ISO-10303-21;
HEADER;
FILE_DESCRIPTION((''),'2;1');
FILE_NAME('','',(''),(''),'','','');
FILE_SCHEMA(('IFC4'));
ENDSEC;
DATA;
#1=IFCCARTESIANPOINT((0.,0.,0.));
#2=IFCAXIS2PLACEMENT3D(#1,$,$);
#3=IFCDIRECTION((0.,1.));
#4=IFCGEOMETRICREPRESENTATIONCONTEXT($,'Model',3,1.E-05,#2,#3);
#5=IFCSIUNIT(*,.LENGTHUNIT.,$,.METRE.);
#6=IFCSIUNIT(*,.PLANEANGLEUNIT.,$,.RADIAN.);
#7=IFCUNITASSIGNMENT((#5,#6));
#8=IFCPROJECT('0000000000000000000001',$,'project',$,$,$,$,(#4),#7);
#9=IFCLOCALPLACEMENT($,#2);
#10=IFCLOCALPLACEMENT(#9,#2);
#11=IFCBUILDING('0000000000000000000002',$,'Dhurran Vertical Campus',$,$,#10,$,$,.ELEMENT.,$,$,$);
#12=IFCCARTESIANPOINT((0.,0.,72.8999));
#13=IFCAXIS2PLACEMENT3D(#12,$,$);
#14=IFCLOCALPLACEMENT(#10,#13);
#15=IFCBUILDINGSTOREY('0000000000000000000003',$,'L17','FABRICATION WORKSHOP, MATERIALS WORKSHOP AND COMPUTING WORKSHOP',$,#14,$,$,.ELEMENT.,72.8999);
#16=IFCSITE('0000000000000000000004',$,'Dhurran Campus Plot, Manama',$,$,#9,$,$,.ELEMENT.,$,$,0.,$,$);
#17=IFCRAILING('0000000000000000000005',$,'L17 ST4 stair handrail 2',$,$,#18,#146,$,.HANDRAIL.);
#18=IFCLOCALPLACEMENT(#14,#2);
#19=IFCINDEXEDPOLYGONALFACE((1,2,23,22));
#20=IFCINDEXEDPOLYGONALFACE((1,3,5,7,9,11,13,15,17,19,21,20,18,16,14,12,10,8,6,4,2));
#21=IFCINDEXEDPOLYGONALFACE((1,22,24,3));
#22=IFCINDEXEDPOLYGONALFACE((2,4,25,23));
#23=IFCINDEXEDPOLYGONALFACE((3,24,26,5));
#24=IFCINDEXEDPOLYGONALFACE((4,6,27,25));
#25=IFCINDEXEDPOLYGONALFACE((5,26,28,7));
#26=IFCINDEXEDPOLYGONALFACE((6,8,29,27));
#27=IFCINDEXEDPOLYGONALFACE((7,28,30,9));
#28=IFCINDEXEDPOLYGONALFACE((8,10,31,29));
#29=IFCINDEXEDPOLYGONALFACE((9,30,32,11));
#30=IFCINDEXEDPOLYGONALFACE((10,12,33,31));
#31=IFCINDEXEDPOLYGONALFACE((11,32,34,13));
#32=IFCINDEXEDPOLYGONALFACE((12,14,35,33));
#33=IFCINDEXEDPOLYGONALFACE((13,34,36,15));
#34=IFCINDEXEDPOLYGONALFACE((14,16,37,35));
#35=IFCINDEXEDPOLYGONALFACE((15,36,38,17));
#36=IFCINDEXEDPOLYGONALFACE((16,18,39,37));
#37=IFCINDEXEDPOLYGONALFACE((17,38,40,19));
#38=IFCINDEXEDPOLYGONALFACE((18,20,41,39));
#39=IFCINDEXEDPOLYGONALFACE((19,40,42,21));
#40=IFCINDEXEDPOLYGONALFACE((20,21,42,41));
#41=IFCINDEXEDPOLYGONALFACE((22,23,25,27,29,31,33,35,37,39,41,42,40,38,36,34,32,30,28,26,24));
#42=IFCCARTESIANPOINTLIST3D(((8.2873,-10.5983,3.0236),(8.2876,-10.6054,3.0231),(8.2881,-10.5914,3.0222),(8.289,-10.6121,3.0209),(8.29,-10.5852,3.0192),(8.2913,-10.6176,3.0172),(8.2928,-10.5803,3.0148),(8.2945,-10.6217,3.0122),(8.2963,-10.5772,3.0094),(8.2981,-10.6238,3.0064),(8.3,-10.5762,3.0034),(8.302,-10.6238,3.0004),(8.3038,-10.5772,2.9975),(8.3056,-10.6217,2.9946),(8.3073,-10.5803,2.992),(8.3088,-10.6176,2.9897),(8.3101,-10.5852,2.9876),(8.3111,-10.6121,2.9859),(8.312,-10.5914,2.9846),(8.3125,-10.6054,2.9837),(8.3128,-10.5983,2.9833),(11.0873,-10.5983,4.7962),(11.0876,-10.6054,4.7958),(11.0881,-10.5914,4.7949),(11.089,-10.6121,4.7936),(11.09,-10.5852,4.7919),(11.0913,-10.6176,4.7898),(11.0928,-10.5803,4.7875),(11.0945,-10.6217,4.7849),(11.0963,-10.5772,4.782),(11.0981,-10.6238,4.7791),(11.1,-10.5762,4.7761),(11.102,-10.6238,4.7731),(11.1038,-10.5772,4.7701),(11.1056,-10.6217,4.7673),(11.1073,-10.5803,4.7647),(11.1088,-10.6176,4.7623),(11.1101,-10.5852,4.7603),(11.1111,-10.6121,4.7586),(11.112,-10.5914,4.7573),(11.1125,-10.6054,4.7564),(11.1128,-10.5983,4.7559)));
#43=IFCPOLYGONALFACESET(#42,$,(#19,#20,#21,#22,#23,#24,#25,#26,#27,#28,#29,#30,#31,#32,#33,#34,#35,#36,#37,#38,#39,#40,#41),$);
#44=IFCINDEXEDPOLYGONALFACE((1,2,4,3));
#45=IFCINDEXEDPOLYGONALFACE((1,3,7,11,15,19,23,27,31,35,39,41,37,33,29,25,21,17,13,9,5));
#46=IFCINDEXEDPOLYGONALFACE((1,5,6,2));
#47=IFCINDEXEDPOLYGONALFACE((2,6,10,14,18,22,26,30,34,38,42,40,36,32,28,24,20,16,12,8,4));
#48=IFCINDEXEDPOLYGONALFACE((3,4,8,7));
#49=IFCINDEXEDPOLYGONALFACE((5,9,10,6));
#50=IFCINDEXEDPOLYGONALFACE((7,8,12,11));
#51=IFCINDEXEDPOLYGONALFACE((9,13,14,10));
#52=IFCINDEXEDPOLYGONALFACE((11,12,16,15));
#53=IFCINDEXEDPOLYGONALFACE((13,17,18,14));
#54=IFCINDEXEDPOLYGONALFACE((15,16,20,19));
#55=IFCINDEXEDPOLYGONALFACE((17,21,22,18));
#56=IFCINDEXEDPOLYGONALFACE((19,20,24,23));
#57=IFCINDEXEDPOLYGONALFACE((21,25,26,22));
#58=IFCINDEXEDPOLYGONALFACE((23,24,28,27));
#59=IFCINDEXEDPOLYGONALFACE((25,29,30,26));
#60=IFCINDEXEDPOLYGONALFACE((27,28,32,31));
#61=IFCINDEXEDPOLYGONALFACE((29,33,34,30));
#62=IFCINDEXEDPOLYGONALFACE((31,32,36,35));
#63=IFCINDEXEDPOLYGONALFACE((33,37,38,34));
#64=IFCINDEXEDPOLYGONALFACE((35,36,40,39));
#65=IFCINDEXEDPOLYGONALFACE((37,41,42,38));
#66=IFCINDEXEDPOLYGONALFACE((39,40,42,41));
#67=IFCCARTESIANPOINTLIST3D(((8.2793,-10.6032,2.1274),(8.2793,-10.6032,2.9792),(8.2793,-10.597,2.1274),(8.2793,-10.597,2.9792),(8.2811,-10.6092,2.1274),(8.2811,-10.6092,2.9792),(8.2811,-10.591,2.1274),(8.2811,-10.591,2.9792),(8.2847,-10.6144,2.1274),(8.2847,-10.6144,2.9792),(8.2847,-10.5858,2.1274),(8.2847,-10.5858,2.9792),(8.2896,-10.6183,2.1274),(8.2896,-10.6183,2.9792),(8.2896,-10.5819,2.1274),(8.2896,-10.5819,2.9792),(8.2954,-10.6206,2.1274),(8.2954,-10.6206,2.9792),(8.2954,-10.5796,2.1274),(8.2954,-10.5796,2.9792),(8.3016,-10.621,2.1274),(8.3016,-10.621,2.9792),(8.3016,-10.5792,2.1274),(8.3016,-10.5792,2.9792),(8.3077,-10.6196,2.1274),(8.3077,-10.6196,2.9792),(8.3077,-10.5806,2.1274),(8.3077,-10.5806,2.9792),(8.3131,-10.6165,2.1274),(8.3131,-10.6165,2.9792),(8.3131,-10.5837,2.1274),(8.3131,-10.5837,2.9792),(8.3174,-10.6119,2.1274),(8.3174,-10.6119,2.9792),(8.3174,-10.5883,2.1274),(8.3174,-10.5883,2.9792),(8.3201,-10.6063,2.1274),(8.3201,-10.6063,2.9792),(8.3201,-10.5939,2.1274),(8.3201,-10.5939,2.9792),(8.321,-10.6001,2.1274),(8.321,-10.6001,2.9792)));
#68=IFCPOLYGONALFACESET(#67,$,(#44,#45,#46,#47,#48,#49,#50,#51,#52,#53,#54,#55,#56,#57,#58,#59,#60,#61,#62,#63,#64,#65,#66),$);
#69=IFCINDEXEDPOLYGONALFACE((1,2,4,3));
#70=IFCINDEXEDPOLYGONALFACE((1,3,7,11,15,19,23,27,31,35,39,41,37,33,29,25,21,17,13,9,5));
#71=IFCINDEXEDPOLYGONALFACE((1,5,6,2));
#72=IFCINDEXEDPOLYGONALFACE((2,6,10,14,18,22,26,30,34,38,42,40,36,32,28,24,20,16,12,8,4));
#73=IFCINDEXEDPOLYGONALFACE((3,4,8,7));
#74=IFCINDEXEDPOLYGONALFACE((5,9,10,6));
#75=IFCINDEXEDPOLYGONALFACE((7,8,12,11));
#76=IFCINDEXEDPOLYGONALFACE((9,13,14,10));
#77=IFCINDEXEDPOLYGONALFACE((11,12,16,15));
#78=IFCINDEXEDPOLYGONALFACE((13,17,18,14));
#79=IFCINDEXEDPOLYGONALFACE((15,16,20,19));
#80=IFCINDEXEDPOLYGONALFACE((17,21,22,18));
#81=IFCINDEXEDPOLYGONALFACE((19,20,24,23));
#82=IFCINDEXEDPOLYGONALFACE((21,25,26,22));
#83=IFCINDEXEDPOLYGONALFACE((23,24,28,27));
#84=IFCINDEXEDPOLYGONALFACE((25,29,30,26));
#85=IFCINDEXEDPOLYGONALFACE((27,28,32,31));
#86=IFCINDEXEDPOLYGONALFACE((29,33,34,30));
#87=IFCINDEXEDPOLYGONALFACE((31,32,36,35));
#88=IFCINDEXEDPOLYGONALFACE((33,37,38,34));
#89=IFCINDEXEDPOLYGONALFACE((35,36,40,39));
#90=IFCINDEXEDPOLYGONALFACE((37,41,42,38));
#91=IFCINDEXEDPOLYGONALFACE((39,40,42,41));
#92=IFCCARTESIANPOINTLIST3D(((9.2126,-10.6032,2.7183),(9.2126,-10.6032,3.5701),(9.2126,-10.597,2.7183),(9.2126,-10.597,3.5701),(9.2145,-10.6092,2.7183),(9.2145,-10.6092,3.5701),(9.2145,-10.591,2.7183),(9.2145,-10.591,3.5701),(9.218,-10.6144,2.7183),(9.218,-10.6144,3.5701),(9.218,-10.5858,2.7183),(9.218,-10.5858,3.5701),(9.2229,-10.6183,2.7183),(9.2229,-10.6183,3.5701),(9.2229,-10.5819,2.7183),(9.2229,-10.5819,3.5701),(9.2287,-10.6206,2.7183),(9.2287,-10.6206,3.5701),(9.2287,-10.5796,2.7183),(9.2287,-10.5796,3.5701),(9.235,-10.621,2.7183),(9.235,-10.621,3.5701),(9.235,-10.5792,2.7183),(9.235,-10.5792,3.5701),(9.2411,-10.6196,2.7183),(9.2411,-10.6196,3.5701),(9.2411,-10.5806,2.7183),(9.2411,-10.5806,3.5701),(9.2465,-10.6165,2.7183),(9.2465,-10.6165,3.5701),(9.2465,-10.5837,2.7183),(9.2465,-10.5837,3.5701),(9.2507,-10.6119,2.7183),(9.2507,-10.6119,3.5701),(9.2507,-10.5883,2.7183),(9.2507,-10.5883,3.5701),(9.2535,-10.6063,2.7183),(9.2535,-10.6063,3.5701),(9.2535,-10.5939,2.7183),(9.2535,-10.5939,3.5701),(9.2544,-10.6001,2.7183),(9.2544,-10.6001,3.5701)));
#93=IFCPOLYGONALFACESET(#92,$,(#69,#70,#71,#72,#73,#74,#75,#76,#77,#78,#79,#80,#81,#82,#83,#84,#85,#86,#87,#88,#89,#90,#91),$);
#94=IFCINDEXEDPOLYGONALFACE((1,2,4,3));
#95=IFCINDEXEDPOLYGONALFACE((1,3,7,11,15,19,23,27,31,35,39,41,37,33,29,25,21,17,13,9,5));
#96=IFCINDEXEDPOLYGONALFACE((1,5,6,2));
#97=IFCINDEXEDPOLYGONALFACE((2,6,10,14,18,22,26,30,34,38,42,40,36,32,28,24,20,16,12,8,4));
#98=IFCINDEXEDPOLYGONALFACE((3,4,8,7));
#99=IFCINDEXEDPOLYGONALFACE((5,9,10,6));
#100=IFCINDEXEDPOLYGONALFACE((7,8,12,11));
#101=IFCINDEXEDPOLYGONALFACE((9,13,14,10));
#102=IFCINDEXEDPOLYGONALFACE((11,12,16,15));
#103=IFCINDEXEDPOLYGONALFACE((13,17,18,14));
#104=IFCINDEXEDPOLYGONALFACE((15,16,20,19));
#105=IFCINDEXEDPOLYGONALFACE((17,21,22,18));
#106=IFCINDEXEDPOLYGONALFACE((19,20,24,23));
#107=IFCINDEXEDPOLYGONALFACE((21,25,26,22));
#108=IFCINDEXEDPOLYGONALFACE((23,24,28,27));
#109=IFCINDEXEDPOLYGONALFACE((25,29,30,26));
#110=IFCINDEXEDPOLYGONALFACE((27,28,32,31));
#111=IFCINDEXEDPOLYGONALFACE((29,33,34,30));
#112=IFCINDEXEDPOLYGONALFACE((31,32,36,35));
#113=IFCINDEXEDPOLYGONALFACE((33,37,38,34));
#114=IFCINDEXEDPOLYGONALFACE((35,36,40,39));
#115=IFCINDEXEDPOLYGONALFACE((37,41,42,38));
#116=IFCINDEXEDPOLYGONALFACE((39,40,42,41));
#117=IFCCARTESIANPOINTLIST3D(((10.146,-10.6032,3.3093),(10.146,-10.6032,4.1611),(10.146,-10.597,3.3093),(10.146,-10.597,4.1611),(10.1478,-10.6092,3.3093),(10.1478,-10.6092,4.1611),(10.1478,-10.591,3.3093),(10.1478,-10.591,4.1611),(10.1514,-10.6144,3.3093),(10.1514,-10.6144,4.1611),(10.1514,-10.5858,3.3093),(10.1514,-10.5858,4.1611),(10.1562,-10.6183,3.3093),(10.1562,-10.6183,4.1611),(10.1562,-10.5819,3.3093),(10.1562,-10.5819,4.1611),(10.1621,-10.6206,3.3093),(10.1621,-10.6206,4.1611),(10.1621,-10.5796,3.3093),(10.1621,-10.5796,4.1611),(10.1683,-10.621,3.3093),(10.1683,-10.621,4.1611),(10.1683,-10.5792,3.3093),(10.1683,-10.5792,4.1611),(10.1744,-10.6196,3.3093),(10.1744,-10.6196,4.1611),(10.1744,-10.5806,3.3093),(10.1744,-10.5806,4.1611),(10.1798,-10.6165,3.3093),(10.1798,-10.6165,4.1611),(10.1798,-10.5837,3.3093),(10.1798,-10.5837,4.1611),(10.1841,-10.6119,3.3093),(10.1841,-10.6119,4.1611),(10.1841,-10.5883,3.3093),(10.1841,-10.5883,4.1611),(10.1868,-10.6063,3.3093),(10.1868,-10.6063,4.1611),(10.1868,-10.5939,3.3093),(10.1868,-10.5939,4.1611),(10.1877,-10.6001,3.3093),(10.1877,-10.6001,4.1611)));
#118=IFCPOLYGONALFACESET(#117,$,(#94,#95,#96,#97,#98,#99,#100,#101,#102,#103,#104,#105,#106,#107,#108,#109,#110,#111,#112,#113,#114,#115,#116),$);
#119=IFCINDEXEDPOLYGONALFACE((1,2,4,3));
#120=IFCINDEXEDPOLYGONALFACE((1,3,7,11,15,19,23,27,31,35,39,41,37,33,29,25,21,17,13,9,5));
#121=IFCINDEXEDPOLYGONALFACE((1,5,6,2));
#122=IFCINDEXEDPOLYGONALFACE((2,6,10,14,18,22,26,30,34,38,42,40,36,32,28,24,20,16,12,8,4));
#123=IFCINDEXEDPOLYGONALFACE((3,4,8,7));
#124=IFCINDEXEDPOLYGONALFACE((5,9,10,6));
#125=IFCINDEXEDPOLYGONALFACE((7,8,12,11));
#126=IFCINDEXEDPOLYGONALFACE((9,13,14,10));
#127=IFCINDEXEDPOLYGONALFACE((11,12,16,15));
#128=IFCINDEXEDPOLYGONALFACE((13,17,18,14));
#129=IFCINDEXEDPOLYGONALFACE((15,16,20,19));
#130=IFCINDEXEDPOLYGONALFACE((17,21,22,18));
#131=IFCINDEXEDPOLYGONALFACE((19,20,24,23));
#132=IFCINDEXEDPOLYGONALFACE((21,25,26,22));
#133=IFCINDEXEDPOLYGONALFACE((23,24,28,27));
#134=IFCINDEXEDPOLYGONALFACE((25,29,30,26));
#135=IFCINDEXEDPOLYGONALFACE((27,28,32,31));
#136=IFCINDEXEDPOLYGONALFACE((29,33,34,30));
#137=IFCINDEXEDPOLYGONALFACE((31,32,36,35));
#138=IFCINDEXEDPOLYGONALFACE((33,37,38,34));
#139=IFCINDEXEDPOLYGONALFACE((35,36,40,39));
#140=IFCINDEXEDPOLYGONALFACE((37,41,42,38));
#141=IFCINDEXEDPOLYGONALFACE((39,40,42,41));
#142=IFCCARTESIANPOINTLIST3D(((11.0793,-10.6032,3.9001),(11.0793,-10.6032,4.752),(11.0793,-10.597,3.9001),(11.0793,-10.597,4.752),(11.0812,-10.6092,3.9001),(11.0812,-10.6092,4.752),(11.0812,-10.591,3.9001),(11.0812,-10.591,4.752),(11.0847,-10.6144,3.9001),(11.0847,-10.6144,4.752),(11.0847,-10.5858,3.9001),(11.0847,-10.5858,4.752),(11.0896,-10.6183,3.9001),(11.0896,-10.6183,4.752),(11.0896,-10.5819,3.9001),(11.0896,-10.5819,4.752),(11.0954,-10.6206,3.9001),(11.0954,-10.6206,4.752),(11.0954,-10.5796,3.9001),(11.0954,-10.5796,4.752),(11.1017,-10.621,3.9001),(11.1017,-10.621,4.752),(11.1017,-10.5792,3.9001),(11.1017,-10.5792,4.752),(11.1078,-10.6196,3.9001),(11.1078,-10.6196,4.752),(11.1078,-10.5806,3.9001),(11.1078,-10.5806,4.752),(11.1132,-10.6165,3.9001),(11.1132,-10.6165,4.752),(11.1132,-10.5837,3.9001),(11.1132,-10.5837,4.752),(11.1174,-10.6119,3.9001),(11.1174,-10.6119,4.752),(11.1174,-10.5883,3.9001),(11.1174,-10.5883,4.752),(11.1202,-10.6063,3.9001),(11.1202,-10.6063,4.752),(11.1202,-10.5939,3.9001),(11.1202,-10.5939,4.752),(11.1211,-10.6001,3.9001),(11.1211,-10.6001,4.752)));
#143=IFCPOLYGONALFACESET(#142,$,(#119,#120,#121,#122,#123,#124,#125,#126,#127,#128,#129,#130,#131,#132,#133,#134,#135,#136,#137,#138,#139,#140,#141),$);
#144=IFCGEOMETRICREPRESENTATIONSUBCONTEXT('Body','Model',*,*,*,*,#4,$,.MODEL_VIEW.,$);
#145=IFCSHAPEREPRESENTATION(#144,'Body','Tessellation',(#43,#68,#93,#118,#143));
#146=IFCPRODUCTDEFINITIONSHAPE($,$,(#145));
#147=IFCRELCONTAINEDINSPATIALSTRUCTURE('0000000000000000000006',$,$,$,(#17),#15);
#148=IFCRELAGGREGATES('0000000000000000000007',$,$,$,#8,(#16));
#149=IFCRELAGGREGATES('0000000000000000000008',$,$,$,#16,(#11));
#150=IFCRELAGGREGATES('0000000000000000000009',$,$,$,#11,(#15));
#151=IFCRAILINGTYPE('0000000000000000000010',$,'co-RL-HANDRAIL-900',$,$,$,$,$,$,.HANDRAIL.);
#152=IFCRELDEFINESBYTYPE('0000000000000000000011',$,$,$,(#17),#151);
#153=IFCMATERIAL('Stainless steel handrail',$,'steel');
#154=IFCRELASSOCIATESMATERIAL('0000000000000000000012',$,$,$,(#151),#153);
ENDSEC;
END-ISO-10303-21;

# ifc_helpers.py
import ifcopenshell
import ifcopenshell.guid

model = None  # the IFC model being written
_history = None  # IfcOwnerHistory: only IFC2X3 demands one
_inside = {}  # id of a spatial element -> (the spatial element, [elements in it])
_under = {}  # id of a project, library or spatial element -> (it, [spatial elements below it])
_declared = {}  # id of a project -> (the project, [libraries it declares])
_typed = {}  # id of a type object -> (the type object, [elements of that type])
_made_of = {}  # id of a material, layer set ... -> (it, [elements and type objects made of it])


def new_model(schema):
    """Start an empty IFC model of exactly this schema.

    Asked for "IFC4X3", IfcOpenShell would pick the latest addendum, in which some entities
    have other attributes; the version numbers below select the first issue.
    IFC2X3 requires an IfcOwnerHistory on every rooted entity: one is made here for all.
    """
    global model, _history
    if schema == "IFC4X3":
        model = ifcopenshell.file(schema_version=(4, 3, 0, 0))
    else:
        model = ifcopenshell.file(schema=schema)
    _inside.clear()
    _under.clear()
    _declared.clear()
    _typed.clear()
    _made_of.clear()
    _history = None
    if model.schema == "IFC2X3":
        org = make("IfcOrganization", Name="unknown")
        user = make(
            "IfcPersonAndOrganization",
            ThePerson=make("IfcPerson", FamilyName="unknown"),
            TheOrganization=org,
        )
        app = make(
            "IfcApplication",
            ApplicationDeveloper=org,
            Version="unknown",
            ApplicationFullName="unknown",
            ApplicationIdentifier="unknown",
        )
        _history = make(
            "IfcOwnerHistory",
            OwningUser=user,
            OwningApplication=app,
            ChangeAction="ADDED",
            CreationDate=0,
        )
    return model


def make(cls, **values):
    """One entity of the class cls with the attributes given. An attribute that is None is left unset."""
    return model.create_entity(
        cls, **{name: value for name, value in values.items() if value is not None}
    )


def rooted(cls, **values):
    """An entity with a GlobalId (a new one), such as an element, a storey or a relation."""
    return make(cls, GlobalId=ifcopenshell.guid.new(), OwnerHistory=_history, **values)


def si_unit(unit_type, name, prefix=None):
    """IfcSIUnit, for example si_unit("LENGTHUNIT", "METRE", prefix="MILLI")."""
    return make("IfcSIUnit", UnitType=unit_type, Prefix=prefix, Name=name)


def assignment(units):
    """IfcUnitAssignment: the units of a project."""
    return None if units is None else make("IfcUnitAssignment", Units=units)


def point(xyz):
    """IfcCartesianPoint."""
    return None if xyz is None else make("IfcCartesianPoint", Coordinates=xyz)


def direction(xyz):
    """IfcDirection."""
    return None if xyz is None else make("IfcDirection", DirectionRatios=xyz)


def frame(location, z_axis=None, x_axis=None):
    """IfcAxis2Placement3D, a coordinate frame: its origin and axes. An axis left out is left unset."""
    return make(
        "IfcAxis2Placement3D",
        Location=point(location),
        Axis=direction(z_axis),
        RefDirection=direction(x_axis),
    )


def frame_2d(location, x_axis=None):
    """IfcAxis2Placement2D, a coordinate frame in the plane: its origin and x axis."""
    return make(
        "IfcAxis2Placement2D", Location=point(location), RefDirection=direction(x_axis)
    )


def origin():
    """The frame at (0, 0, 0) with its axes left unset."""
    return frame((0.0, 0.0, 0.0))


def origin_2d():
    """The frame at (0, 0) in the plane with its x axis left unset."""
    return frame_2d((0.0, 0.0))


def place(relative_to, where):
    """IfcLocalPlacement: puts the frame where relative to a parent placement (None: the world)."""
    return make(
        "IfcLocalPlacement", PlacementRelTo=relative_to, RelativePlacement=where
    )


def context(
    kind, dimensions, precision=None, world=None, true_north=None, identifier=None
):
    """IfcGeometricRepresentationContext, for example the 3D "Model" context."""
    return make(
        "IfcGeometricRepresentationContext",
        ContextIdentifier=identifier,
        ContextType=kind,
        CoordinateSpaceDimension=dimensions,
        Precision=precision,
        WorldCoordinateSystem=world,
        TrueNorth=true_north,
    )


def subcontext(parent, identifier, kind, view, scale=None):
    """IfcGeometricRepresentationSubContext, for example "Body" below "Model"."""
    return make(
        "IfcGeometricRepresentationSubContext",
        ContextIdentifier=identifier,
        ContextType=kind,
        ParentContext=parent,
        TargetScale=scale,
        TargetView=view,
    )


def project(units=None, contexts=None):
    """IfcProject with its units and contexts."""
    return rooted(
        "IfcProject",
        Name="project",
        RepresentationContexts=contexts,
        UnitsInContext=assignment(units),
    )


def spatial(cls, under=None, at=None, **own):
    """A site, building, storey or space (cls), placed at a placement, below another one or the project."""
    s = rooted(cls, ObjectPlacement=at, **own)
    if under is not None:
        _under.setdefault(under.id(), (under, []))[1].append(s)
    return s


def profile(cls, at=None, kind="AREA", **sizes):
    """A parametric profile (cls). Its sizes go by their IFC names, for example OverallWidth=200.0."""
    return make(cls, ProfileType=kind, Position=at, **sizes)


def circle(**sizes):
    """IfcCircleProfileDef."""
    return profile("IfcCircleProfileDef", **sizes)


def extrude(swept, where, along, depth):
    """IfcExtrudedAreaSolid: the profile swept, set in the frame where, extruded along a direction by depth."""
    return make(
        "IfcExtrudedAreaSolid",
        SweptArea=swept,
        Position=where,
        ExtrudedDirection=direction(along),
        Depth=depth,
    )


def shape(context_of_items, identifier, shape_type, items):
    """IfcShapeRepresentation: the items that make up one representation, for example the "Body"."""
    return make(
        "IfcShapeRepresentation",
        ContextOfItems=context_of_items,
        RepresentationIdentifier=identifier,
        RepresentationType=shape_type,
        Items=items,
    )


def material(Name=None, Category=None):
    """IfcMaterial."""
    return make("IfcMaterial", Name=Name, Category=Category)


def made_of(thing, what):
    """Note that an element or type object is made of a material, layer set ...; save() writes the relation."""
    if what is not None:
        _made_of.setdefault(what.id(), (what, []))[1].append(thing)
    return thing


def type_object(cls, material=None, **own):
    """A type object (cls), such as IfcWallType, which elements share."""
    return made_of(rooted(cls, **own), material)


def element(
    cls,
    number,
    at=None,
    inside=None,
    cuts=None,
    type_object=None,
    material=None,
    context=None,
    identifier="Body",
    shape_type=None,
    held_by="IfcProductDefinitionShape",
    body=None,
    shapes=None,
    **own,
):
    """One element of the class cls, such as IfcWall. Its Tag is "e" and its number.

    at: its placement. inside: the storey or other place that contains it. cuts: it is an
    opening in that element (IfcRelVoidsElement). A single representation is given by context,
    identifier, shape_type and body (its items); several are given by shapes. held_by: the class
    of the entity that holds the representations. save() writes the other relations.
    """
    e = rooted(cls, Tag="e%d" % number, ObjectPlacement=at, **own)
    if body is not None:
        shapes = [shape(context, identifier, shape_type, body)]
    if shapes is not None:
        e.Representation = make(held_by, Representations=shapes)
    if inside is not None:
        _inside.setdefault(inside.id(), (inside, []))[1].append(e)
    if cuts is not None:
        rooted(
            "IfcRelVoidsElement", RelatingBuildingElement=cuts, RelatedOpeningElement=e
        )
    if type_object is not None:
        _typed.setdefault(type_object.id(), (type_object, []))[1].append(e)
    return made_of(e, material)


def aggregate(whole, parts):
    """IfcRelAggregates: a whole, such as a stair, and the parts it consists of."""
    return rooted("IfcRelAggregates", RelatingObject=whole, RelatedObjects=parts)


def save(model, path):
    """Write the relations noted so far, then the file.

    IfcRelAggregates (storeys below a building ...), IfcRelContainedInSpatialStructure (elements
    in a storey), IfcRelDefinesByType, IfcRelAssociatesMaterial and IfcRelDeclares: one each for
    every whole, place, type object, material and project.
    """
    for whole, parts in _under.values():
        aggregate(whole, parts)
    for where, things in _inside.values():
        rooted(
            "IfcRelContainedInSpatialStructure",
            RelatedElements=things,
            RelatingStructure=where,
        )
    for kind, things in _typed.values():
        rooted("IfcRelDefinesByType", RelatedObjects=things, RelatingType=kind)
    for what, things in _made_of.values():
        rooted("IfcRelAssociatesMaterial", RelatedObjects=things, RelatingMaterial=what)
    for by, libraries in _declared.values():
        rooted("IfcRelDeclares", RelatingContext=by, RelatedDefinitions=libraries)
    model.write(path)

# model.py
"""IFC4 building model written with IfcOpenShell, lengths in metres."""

from ifc_helpers import new_model, si_unit, direction, frame, origin, origin_2d, place, context, subcontext, project, spatial, circle, extrude, material, type_object, element, save


model = new_model("IFC4")

# Units and contexts
model_context = context("Model", 3, precision=1e-05, world=origin(), true_north=direction((0.0, 1.0)))
body_context = subcontext(model_context, "Body", "Model", "MODEL_VIEW")
ifc_project = project(units=[si_unit("LENGTHUNIT", "METRE"), si_unit("PLANEANGLEUNIT", "RADIAN")], contexts=[model_context])

# Site, building, storey
site_placement = place(None, origin())
site = spatial("IfcSite", under=ifc_project, at=site_placement, Name="Dhurran Campus Plot, Manama", CompositionType="ELEMENT", RefElevation=0.0)
building_placement = place(site_placement, origin())
building = spatial("IfcBuilding", under=site, at=building_placement, Name="Dhurran Vertical Campus", CompositionType="ELEMENT")
storey_placement = place(building_placement, frame((0.0, 0.0, 72.8999)))
storey = spatial("IfcBuildingStorey", under=building, at=storey_placement, Name="L17", Description="FABRICATION WORKSHOP, MATERIALS WORKSHOP AND COMPUTING WORKSHOP", CompositionType="ELEMENT", Elevation=72.8999)

# Railing
ifc_material_1 = material(Name="Stainless steel handrail", Category="steel")
railing_type_1 = type_object("IfcRailingType", Name="co-RL-HANDRAIL-900", PredefinedType="HANDRAIL", material=ifc_material_1)
railing_1_placement = place(storey_placement, frame((8.3, -10.6001, 2.1274)))
element("IfcRailing", 1, at=railing_1_placement, inside=storey, type_object=railing_type_1, Name="L17 ST4 stair handrail 2", PredefinedType="HANDRAIL", context=body_context, shape_type="SweptSolid", body=[
    extrude(circle(Radius=0.0239, at=origin_2d()), frame((0.0, 0.0, 0.876), z_axis=(0.844909, 0.0, 0.53491), x_axis=(0.0, 1.0, 0.0)), (0.0, 0.0, 1.0), 3.314),
    extrude(circle(Radius=0.021, at=origin_2d()), origin(), (0.0, 0.0, 1.0), 0.8518),
    extrude(circle(Radius=0.021, at=origin_2d()), frame((0.9333, 0.0, 0.5908)), (0.0, 0.0, 1.0), 0.8518),
    extrude(circle(Radius=0.021, at=origin_2d()), frame((1.8667, 0.0, 1.1819)), (0.0, 0.0, 1.0), 0.8518),
    extrude(circle(Radius=0.021, at=origin_2d()), frame((2.8, 0.0, 1.7727)), (0.0, 0.0, 1.0), 0.8518),
])

save(model, "model.ifc")
